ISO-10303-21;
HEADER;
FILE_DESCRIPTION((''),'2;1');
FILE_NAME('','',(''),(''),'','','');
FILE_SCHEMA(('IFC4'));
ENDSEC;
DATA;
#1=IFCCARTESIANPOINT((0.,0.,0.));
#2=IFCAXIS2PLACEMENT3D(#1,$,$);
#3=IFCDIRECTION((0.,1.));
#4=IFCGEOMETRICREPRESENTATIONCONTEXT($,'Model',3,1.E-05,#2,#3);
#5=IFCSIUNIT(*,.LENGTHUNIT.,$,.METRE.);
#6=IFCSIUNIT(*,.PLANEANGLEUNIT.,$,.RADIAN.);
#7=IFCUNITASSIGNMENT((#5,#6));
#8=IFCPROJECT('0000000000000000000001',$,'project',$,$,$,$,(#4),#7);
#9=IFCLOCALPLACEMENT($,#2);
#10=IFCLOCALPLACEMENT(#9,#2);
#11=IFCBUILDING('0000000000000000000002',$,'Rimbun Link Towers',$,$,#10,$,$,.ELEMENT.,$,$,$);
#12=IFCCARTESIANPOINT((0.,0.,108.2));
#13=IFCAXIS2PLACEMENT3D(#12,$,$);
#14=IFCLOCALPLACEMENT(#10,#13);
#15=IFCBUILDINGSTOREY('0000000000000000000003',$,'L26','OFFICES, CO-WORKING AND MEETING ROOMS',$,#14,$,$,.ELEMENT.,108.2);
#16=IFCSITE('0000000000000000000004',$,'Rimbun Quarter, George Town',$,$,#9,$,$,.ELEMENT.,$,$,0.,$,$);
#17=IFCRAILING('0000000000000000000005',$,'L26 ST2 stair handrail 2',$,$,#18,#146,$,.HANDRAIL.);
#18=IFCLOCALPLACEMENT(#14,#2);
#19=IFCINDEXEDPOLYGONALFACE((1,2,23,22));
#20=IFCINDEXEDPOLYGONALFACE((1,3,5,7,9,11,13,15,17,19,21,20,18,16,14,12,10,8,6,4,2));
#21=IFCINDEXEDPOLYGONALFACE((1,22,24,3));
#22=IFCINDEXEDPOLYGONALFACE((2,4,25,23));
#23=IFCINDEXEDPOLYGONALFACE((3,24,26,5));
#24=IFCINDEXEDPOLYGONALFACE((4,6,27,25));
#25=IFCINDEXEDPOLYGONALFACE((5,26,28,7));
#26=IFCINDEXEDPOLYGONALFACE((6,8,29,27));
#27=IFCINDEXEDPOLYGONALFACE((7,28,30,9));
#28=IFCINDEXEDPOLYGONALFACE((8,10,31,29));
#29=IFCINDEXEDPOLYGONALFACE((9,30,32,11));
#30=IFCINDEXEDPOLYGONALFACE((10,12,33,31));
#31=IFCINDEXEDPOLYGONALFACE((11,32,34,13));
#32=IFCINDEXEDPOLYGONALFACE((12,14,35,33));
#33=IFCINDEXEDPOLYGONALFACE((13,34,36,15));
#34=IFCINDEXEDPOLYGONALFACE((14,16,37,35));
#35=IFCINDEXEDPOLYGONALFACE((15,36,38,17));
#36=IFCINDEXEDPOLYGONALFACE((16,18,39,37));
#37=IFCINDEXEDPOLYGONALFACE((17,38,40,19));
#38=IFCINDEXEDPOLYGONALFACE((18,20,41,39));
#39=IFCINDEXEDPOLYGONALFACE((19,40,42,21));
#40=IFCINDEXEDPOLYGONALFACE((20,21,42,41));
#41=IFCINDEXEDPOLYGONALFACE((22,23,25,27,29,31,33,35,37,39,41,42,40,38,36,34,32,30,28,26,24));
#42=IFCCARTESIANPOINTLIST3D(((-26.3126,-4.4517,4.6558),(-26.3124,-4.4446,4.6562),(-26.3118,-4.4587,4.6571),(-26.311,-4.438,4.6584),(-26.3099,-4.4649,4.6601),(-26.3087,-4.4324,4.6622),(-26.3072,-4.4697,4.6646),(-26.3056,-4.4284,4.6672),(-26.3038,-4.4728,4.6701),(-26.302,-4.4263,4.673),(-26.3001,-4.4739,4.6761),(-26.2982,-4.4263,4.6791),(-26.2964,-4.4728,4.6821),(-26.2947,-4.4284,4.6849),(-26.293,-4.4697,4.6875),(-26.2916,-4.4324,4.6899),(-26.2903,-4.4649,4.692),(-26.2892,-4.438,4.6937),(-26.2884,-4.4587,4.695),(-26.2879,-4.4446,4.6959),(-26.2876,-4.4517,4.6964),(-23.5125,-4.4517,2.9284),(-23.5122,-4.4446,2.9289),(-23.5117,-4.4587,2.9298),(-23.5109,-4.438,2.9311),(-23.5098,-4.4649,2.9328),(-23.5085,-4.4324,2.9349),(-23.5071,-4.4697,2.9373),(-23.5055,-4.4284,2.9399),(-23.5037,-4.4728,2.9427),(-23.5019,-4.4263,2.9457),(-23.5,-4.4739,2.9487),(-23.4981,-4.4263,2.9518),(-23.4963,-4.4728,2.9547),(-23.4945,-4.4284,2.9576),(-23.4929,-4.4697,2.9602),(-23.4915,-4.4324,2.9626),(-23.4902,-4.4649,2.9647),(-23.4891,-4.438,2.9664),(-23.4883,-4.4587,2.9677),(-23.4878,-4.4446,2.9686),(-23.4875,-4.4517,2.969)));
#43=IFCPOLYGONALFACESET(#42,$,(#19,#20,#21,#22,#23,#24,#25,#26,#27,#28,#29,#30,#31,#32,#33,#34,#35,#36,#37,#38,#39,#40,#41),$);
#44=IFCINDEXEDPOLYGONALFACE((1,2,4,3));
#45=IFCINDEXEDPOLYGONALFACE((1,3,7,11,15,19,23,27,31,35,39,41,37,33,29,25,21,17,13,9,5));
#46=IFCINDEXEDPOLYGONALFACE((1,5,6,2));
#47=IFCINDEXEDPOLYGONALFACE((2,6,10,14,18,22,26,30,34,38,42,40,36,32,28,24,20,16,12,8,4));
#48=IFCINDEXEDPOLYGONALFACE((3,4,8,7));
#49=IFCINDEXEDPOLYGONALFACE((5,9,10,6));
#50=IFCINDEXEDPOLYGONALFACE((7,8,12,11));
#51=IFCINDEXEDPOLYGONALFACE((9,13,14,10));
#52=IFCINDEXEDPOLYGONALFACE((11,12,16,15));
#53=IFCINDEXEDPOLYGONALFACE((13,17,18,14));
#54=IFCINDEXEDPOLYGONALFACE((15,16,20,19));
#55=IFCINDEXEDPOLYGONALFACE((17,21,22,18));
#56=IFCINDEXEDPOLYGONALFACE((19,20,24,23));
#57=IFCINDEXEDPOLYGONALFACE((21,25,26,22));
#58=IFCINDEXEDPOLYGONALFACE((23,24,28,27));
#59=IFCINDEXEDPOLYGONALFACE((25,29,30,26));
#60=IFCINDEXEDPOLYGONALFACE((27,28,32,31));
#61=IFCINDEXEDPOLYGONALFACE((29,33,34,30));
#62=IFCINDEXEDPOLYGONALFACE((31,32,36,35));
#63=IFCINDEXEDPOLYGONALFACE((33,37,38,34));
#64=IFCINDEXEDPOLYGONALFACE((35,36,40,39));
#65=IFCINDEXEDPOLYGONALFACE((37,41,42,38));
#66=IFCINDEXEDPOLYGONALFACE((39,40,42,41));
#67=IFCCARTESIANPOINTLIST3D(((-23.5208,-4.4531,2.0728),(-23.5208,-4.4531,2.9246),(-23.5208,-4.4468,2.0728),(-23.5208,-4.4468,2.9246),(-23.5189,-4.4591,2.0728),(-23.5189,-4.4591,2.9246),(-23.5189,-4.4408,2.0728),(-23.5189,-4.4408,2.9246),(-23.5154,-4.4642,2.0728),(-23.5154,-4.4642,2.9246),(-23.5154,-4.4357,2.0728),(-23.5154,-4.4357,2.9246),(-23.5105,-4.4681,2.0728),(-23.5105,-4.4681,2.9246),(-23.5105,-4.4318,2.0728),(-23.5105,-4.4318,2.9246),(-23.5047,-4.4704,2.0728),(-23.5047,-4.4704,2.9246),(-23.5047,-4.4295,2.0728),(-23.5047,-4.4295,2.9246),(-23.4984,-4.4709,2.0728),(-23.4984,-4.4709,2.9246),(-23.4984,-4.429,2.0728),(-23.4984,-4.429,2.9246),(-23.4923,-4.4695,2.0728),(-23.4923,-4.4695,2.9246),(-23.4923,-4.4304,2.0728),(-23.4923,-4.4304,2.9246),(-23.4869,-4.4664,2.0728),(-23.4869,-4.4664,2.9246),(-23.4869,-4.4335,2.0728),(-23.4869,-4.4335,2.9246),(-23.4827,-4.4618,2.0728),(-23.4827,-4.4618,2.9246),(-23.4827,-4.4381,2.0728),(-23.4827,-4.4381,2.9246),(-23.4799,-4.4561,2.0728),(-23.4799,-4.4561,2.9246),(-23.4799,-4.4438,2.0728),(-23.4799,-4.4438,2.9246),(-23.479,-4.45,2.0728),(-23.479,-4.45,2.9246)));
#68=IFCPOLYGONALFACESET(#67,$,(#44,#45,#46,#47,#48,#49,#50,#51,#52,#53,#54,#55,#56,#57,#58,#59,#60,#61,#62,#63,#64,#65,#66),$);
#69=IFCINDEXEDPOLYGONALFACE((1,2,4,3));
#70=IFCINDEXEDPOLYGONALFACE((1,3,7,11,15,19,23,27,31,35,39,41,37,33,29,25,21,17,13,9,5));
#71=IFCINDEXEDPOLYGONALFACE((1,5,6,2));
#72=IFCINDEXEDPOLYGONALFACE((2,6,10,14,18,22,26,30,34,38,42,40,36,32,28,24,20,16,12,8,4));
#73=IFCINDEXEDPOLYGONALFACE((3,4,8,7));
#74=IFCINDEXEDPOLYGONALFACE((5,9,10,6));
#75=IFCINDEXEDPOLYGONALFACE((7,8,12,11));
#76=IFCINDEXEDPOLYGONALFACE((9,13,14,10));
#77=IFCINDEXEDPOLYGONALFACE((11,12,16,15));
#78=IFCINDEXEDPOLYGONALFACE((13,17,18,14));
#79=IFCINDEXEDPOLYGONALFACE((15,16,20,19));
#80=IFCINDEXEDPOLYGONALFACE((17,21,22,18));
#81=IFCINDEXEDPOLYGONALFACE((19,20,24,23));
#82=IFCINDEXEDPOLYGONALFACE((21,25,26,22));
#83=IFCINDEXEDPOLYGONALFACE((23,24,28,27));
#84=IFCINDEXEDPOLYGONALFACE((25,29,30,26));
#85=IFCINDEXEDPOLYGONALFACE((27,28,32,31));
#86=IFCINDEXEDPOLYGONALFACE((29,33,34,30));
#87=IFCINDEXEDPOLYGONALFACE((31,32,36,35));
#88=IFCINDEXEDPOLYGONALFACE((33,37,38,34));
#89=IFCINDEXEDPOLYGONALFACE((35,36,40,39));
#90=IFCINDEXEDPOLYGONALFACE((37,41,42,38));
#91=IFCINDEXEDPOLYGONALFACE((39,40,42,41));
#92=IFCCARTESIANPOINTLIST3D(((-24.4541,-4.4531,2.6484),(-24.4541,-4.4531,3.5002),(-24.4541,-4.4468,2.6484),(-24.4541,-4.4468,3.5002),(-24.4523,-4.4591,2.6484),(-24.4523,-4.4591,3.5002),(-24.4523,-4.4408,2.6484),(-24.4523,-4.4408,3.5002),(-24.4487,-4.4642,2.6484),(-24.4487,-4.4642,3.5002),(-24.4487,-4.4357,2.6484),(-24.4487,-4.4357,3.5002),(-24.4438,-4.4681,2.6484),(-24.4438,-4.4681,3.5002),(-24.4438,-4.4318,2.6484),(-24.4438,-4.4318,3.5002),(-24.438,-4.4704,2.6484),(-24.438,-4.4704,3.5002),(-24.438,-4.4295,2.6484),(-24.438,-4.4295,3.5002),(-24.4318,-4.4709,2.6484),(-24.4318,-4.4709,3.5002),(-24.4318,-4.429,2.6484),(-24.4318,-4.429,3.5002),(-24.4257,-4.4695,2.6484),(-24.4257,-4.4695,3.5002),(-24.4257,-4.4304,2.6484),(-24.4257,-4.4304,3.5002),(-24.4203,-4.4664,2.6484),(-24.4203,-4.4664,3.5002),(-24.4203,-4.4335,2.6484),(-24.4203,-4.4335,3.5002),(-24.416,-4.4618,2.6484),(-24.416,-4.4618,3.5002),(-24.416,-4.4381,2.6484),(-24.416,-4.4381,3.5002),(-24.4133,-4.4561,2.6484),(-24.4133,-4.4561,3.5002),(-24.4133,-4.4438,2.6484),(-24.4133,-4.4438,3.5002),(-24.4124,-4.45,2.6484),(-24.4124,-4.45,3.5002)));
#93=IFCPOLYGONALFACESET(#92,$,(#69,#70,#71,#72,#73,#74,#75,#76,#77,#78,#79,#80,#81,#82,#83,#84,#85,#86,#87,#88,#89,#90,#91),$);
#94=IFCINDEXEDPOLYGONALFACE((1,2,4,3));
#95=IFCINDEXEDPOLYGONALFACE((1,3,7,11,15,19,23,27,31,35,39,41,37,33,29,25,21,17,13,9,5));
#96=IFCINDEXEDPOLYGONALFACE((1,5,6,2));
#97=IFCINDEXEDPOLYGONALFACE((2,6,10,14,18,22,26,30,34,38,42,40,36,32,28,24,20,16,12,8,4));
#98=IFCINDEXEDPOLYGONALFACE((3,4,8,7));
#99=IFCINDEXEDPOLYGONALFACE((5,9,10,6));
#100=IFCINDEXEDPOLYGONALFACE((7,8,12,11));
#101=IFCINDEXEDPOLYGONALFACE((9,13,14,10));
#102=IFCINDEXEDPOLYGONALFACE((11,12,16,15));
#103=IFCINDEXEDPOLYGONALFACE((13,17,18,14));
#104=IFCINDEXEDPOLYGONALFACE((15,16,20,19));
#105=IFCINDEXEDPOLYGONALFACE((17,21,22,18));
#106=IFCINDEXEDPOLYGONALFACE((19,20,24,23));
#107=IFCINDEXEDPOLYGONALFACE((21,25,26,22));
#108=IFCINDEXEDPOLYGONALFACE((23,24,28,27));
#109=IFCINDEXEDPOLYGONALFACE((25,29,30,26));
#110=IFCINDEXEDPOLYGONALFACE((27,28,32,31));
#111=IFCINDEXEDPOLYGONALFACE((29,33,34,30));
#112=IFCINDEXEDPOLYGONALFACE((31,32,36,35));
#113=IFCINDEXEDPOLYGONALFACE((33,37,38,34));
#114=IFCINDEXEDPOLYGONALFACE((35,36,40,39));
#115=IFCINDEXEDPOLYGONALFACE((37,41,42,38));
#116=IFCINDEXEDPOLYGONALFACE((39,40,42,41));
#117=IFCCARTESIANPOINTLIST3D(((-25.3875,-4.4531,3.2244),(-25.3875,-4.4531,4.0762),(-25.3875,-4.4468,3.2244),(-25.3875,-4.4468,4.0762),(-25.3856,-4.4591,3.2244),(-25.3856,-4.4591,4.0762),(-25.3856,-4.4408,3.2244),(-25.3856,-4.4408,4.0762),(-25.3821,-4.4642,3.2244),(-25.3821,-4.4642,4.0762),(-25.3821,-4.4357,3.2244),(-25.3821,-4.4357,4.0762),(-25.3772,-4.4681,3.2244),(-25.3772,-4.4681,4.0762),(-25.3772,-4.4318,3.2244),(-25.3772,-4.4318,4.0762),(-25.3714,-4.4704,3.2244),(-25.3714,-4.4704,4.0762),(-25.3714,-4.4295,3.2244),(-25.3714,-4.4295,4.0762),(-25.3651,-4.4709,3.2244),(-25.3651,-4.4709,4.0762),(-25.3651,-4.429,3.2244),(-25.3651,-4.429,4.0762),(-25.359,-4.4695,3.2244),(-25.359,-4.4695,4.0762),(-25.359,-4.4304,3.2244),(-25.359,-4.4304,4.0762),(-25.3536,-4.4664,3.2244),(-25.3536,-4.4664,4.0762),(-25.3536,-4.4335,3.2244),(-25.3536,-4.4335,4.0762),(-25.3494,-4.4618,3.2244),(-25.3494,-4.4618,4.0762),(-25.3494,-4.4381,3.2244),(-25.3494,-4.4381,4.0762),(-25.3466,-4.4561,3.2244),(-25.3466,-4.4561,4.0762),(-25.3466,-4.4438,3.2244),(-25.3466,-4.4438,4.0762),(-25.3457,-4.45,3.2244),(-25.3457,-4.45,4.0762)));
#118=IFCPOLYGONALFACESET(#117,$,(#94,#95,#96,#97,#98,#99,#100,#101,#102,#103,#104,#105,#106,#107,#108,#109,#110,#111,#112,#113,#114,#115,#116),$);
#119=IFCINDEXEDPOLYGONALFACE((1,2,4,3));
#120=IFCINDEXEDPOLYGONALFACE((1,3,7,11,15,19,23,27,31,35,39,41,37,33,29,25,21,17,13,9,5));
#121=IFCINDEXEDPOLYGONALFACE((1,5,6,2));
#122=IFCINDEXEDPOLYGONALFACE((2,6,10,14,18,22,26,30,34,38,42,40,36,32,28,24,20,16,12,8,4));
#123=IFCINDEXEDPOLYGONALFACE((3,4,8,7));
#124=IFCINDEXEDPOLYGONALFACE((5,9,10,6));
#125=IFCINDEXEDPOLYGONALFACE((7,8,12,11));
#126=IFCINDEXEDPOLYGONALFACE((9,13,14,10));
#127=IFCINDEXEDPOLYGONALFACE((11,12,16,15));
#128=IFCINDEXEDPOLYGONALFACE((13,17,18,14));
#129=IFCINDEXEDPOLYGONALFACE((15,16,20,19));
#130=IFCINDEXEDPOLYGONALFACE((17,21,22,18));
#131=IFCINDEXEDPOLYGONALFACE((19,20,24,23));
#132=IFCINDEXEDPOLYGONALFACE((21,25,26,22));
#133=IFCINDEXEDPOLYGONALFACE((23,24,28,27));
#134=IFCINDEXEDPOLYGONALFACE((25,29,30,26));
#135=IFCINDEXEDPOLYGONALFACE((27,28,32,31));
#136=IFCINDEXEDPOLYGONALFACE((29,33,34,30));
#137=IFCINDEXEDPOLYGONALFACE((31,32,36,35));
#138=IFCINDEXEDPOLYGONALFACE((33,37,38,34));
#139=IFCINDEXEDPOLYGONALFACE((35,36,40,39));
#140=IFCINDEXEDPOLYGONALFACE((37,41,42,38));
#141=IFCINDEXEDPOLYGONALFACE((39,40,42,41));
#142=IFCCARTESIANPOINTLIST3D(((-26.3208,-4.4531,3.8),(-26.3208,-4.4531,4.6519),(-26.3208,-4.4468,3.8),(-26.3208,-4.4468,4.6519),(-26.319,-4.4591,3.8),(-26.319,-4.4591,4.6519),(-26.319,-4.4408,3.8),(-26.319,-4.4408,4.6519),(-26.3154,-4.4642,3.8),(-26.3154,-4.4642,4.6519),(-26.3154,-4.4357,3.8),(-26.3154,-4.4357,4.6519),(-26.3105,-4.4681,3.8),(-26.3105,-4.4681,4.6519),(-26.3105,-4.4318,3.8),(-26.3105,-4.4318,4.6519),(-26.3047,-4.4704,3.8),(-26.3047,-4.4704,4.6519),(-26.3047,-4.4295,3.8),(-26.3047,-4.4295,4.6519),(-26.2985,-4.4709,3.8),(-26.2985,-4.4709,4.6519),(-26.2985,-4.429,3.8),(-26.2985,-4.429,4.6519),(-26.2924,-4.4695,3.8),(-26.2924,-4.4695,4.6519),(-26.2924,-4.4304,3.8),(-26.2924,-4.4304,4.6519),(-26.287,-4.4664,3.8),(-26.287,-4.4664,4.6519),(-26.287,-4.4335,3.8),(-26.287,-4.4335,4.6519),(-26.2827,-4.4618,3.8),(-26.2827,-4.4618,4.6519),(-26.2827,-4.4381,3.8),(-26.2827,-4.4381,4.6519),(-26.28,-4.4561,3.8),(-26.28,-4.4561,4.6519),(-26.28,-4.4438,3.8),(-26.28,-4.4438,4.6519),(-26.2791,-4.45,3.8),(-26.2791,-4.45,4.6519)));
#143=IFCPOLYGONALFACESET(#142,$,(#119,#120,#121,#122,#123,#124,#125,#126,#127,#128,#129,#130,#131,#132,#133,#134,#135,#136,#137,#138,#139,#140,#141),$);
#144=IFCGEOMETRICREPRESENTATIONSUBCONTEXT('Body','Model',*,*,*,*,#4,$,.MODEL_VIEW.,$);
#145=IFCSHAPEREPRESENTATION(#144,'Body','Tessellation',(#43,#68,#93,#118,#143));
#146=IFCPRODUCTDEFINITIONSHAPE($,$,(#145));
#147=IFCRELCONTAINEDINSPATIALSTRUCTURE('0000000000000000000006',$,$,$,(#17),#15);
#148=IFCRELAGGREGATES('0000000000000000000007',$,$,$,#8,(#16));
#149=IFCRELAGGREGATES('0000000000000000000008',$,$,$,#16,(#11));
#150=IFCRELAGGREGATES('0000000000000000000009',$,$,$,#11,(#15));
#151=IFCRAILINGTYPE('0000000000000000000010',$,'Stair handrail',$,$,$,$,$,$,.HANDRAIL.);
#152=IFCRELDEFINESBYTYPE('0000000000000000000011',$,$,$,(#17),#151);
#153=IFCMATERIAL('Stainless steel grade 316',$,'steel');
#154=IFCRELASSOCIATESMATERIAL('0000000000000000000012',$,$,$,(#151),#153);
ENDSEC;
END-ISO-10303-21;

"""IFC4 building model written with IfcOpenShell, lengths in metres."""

from ifc_helpers import new_model, si_unit, direction, frame, origin, origin_2d, place, context, subcontext, project, spatial, circle, extrude, material, type_object, element, save


model = new_model("IFC4")

# Units and contexts
model_context = context("Model", 3, precision=1e-05, world=origin(), true_north=direction((0.0, 1.0)))
body_context = subcontext(model_context, "Body", "Model", "MODEL_VIEW")
ifc_project = project(units=[si_unit("LENGTHUNIT", "METRE"), si_unit("PLANEANGLEUNIT", "RADIAN")], contexts=[model_context])

# Site, building, storey
site_placement = place(None, origin())
site = spatial("IfcSite", under=ifc_project, at=site_placement, Name="Rimbun Quarter, George Town", CompositionType="ELEMENT", RefElevation=0.0)
building_placement = place(site_placement, origin())
building = spatial("IfcBuilding", under=site, at=building_placement, Name="Rimbun Link Towers", CompositionType="ELEMENT")
storey_placement = place(building_placement, frame((0.0, 0.0, 108.2)))
storey = spatial("IfcBuildingStorey", under=building, at=storey_placement, Name="L26", Description="OFFICES, CO-WORKING AND MEETING ROOMS", CompositionType="ELEMENT", Elevation=108.2)

# Railing
ifc_material_1 = material(Name="Stainless steel grade 316", Category="steel")
railing_type_1 = type_object("IfcRailingType", Name="Stair handrail", PredefinedType="HANDRAIL", material=ifc_material_1)
railing_1_placement = place(storey_placement, frame((-23.5, -4.45, 2.0728)))
element("IfcRailing", 1, at=railing_1_placement, inside=storey, type_object=railing_type_1, Name="L26 ST2 stair handrail 2", PredefinedType="HANDRAIL", context=body_context, shape_type="SweptSolid", body=[
    extrude(circle(Radius=0.0239, at=origin_2d()), frame((0.0, 0.0, 0.876), z_axis=(-0.85109, 0.0, 0.52502), x_axis=(0.0, -1.0, 0.0)), (0.0, 0.0, 1.0), 3.29),
    extrude(circle(Radius=0.021, at=origin_2d()), origin(), (0.0, 0.0, 1.0), 0.8518),
    extrude(circle(Radius=0.021, at=origin_2d()), frame((-0.9333, 0.0, 0.5757)), (0.0, 0.0, 1.0), 0.8518),
    extrude(circle(Radius=0.021, at=origin_2d()), frame((-1.8667, 0.0, 1.1516)), (0.0, 0.0, 1.0), 0.8518),
    extrude(circle(Radius=0.021, at=origin_2d()), frame((-2.8, 0.0, 1.7273)), (0.0, 0.0, 1.0), 0.8518),
])

save(model, "model.ifc")
